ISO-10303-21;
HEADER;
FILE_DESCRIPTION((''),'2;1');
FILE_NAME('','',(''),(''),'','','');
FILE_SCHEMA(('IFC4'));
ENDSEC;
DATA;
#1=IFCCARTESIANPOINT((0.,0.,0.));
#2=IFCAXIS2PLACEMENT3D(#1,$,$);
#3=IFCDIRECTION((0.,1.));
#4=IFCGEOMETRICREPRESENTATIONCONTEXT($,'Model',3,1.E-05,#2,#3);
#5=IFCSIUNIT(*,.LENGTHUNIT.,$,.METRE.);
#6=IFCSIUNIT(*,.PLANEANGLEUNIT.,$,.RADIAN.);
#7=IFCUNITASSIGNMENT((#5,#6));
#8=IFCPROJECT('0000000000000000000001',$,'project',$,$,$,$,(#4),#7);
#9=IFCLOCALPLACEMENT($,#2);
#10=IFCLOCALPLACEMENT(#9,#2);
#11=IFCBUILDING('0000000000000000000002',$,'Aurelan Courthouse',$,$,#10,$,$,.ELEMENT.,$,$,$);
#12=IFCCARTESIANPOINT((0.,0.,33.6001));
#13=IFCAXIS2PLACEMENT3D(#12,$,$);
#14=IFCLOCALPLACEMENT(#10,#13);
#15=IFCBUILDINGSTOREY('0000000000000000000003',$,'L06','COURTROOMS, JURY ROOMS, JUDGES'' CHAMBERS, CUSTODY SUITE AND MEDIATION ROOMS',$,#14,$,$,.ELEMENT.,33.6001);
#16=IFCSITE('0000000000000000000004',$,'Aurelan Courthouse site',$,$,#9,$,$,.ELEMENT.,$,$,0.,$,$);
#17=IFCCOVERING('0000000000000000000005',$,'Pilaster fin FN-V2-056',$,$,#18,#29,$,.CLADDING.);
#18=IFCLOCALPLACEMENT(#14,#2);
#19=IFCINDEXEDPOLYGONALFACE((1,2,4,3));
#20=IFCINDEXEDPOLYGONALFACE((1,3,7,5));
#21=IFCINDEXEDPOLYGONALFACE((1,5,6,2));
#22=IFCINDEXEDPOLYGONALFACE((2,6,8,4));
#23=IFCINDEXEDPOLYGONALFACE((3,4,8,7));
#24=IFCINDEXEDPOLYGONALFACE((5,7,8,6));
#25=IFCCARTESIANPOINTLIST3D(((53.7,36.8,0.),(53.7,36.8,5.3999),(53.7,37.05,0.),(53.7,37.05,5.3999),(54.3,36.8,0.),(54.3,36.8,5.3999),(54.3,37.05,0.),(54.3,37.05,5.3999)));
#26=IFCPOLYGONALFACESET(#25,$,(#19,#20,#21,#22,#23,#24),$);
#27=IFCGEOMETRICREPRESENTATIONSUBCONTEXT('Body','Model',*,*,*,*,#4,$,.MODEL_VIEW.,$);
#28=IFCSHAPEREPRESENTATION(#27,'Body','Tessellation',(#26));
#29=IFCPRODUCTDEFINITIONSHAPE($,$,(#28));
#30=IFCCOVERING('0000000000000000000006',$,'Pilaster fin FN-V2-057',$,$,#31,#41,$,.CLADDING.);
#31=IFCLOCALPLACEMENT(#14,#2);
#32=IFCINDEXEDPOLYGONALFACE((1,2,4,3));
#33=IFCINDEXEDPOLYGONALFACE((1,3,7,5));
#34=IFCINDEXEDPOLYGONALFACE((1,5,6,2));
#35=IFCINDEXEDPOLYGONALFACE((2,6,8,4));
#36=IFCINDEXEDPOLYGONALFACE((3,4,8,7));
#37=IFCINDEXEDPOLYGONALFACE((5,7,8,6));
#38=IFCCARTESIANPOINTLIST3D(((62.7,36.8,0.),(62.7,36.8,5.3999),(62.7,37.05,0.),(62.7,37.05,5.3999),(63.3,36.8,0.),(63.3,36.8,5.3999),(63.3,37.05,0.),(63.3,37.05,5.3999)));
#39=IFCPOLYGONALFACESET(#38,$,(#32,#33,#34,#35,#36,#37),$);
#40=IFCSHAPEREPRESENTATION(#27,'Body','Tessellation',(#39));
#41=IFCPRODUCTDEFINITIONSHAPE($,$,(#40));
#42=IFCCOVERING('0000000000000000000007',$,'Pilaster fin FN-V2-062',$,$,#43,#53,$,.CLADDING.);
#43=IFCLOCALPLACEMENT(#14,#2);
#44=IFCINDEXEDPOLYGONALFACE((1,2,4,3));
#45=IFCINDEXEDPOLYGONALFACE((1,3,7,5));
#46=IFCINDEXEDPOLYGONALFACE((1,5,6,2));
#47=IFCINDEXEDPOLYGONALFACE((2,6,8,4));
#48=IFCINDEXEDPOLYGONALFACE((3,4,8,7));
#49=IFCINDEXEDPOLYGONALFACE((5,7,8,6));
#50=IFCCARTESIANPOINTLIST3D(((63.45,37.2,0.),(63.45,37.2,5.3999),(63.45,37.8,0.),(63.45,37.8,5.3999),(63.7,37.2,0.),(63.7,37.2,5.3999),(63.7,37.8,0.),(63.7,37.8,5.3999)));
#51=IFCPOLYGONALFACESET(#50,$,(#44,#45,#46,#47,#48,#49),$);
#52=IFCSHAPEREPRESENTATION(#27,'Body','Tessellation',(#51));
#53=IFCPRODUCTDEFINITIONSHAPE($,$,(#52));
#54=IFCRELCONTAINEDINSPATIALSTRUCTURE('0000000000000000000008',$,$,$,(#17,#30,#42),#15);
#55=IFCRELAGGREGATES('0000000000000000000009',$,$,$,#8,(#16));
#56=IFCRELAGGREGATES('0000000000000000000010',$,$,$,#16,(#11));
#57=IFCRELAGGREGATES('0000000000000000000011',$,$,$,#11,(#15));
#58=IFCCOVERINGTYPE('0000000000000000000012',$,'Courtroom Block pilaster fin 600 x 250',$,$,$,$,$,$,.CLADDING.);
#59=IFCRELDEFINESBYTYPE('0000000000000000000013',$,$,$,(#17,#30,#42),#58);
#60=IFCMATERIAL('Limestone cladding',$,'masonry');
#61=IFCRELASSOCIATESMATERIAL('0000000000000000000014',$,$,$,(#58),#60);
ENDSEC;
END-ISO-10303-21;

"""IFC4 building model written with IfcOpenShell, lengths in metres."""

from ifc_helpers import new_model, si_unit, direction, frame, origin, origin_2d, place, context, subcontext, project, spatial, rectangle, extrude, material, type_object, element, save


model = new_model("IFC4")

# Units and contexts
model_context = context("Model", 3, precision=1e-05, world=origin(), true_north=direction((0.0, 1.0)))
body_context = subcontext(model_context, "Body", "Model", "MODEL_VIEW")
ifc_project = project(units=[si_unit("LENGTHUNIT", "METRE"), si_unit("PLANEANGLEUNIT", "RADIAN")], contexts=[model_context])

# Site, building, storey
site_placement = place(None, origin())
site = spatial("IfcSite", under=ifc_project, at=site_placement, Name="Aurelan Courthouse site", CompositionType="ELEMENT", RefElevation=0.0)
building_placement = place(site_placement, origin())
building = spatial("IfcBuilding", under=site, at=building_placement, Name="Aurelan Courthouse", CompositionType="ELEMENT")
storey_placement = place(building_placement, frame((0.0, 0.0, 33.6001)))
storey = spatial("IfcBuildingStorey", under=building, at=storey_placement, Name="L06", Description="COURTROOMS, JURY ROOMS, JUDGES' CHAMBERS, CUSTODY SUITE AND MEDIATION ROOMS", CompositionType="ELEMENT", Elevation=33.6001)

# Shared definitions
ifc_material_1 = material(Name="Limestone cladding", Category="masonry")

# Coverings
covering_type_1 = type_object("IfcCoveringType", Name="Courtroom Block pilaster fin 600 x 250", PredefinedType="CLADDING", material=ifc_material_1)
for number, where, z_axis, x_axis, name in (
    (1, (54.0, 36.925, 0.0), (0.0, 0.0, 1.0), (1.0, 0.0, 0.0), "Pilaster fin FN-V2-056"),
    (2, (63.0, 36.925, 0.0), (0.0, 0.0, 1.0), (1.0, 0.0, 0.0), "Pilaster fin FN-V2-057"),
):
    element("IfcCovering", number, at=place(storey_placement, frame(where, z_axis=z_axis, x_axis=x_axis)), inside=storey, type_object=covering_type_1, Name=name, PredefinedType="CLADDING", context=body_context, shape_type="SweptSolid", body=[
        extrude(rectangle(XDim=0.6001, YDim=0.25, at=origin_2d()), origin(), (0.0, 0.0, 1.0), 5.3999),
    ])
covering_placement = place(storey_placement, frame((63.575, 37.5, 0.0), z_axis=(0.0, 0.0, 1.0), x_axis=(1.0, 0.0, 0.0)))
element("IfcCovering", 3, at=covering_placement, inside=storey, type_object=covering_type_1, Name="Pilaster fin FN-V2-062", PredefinedType="CLADDING", context=body_context, shape_type="SweptSolid", body=[
    extrude(rectangle(XDim=0.25, YDim=0.6001, at=origin_2d()), origin(), (0.0, 0.0, 1.0), 5.3999),
])

save(model, "model.ifc")
